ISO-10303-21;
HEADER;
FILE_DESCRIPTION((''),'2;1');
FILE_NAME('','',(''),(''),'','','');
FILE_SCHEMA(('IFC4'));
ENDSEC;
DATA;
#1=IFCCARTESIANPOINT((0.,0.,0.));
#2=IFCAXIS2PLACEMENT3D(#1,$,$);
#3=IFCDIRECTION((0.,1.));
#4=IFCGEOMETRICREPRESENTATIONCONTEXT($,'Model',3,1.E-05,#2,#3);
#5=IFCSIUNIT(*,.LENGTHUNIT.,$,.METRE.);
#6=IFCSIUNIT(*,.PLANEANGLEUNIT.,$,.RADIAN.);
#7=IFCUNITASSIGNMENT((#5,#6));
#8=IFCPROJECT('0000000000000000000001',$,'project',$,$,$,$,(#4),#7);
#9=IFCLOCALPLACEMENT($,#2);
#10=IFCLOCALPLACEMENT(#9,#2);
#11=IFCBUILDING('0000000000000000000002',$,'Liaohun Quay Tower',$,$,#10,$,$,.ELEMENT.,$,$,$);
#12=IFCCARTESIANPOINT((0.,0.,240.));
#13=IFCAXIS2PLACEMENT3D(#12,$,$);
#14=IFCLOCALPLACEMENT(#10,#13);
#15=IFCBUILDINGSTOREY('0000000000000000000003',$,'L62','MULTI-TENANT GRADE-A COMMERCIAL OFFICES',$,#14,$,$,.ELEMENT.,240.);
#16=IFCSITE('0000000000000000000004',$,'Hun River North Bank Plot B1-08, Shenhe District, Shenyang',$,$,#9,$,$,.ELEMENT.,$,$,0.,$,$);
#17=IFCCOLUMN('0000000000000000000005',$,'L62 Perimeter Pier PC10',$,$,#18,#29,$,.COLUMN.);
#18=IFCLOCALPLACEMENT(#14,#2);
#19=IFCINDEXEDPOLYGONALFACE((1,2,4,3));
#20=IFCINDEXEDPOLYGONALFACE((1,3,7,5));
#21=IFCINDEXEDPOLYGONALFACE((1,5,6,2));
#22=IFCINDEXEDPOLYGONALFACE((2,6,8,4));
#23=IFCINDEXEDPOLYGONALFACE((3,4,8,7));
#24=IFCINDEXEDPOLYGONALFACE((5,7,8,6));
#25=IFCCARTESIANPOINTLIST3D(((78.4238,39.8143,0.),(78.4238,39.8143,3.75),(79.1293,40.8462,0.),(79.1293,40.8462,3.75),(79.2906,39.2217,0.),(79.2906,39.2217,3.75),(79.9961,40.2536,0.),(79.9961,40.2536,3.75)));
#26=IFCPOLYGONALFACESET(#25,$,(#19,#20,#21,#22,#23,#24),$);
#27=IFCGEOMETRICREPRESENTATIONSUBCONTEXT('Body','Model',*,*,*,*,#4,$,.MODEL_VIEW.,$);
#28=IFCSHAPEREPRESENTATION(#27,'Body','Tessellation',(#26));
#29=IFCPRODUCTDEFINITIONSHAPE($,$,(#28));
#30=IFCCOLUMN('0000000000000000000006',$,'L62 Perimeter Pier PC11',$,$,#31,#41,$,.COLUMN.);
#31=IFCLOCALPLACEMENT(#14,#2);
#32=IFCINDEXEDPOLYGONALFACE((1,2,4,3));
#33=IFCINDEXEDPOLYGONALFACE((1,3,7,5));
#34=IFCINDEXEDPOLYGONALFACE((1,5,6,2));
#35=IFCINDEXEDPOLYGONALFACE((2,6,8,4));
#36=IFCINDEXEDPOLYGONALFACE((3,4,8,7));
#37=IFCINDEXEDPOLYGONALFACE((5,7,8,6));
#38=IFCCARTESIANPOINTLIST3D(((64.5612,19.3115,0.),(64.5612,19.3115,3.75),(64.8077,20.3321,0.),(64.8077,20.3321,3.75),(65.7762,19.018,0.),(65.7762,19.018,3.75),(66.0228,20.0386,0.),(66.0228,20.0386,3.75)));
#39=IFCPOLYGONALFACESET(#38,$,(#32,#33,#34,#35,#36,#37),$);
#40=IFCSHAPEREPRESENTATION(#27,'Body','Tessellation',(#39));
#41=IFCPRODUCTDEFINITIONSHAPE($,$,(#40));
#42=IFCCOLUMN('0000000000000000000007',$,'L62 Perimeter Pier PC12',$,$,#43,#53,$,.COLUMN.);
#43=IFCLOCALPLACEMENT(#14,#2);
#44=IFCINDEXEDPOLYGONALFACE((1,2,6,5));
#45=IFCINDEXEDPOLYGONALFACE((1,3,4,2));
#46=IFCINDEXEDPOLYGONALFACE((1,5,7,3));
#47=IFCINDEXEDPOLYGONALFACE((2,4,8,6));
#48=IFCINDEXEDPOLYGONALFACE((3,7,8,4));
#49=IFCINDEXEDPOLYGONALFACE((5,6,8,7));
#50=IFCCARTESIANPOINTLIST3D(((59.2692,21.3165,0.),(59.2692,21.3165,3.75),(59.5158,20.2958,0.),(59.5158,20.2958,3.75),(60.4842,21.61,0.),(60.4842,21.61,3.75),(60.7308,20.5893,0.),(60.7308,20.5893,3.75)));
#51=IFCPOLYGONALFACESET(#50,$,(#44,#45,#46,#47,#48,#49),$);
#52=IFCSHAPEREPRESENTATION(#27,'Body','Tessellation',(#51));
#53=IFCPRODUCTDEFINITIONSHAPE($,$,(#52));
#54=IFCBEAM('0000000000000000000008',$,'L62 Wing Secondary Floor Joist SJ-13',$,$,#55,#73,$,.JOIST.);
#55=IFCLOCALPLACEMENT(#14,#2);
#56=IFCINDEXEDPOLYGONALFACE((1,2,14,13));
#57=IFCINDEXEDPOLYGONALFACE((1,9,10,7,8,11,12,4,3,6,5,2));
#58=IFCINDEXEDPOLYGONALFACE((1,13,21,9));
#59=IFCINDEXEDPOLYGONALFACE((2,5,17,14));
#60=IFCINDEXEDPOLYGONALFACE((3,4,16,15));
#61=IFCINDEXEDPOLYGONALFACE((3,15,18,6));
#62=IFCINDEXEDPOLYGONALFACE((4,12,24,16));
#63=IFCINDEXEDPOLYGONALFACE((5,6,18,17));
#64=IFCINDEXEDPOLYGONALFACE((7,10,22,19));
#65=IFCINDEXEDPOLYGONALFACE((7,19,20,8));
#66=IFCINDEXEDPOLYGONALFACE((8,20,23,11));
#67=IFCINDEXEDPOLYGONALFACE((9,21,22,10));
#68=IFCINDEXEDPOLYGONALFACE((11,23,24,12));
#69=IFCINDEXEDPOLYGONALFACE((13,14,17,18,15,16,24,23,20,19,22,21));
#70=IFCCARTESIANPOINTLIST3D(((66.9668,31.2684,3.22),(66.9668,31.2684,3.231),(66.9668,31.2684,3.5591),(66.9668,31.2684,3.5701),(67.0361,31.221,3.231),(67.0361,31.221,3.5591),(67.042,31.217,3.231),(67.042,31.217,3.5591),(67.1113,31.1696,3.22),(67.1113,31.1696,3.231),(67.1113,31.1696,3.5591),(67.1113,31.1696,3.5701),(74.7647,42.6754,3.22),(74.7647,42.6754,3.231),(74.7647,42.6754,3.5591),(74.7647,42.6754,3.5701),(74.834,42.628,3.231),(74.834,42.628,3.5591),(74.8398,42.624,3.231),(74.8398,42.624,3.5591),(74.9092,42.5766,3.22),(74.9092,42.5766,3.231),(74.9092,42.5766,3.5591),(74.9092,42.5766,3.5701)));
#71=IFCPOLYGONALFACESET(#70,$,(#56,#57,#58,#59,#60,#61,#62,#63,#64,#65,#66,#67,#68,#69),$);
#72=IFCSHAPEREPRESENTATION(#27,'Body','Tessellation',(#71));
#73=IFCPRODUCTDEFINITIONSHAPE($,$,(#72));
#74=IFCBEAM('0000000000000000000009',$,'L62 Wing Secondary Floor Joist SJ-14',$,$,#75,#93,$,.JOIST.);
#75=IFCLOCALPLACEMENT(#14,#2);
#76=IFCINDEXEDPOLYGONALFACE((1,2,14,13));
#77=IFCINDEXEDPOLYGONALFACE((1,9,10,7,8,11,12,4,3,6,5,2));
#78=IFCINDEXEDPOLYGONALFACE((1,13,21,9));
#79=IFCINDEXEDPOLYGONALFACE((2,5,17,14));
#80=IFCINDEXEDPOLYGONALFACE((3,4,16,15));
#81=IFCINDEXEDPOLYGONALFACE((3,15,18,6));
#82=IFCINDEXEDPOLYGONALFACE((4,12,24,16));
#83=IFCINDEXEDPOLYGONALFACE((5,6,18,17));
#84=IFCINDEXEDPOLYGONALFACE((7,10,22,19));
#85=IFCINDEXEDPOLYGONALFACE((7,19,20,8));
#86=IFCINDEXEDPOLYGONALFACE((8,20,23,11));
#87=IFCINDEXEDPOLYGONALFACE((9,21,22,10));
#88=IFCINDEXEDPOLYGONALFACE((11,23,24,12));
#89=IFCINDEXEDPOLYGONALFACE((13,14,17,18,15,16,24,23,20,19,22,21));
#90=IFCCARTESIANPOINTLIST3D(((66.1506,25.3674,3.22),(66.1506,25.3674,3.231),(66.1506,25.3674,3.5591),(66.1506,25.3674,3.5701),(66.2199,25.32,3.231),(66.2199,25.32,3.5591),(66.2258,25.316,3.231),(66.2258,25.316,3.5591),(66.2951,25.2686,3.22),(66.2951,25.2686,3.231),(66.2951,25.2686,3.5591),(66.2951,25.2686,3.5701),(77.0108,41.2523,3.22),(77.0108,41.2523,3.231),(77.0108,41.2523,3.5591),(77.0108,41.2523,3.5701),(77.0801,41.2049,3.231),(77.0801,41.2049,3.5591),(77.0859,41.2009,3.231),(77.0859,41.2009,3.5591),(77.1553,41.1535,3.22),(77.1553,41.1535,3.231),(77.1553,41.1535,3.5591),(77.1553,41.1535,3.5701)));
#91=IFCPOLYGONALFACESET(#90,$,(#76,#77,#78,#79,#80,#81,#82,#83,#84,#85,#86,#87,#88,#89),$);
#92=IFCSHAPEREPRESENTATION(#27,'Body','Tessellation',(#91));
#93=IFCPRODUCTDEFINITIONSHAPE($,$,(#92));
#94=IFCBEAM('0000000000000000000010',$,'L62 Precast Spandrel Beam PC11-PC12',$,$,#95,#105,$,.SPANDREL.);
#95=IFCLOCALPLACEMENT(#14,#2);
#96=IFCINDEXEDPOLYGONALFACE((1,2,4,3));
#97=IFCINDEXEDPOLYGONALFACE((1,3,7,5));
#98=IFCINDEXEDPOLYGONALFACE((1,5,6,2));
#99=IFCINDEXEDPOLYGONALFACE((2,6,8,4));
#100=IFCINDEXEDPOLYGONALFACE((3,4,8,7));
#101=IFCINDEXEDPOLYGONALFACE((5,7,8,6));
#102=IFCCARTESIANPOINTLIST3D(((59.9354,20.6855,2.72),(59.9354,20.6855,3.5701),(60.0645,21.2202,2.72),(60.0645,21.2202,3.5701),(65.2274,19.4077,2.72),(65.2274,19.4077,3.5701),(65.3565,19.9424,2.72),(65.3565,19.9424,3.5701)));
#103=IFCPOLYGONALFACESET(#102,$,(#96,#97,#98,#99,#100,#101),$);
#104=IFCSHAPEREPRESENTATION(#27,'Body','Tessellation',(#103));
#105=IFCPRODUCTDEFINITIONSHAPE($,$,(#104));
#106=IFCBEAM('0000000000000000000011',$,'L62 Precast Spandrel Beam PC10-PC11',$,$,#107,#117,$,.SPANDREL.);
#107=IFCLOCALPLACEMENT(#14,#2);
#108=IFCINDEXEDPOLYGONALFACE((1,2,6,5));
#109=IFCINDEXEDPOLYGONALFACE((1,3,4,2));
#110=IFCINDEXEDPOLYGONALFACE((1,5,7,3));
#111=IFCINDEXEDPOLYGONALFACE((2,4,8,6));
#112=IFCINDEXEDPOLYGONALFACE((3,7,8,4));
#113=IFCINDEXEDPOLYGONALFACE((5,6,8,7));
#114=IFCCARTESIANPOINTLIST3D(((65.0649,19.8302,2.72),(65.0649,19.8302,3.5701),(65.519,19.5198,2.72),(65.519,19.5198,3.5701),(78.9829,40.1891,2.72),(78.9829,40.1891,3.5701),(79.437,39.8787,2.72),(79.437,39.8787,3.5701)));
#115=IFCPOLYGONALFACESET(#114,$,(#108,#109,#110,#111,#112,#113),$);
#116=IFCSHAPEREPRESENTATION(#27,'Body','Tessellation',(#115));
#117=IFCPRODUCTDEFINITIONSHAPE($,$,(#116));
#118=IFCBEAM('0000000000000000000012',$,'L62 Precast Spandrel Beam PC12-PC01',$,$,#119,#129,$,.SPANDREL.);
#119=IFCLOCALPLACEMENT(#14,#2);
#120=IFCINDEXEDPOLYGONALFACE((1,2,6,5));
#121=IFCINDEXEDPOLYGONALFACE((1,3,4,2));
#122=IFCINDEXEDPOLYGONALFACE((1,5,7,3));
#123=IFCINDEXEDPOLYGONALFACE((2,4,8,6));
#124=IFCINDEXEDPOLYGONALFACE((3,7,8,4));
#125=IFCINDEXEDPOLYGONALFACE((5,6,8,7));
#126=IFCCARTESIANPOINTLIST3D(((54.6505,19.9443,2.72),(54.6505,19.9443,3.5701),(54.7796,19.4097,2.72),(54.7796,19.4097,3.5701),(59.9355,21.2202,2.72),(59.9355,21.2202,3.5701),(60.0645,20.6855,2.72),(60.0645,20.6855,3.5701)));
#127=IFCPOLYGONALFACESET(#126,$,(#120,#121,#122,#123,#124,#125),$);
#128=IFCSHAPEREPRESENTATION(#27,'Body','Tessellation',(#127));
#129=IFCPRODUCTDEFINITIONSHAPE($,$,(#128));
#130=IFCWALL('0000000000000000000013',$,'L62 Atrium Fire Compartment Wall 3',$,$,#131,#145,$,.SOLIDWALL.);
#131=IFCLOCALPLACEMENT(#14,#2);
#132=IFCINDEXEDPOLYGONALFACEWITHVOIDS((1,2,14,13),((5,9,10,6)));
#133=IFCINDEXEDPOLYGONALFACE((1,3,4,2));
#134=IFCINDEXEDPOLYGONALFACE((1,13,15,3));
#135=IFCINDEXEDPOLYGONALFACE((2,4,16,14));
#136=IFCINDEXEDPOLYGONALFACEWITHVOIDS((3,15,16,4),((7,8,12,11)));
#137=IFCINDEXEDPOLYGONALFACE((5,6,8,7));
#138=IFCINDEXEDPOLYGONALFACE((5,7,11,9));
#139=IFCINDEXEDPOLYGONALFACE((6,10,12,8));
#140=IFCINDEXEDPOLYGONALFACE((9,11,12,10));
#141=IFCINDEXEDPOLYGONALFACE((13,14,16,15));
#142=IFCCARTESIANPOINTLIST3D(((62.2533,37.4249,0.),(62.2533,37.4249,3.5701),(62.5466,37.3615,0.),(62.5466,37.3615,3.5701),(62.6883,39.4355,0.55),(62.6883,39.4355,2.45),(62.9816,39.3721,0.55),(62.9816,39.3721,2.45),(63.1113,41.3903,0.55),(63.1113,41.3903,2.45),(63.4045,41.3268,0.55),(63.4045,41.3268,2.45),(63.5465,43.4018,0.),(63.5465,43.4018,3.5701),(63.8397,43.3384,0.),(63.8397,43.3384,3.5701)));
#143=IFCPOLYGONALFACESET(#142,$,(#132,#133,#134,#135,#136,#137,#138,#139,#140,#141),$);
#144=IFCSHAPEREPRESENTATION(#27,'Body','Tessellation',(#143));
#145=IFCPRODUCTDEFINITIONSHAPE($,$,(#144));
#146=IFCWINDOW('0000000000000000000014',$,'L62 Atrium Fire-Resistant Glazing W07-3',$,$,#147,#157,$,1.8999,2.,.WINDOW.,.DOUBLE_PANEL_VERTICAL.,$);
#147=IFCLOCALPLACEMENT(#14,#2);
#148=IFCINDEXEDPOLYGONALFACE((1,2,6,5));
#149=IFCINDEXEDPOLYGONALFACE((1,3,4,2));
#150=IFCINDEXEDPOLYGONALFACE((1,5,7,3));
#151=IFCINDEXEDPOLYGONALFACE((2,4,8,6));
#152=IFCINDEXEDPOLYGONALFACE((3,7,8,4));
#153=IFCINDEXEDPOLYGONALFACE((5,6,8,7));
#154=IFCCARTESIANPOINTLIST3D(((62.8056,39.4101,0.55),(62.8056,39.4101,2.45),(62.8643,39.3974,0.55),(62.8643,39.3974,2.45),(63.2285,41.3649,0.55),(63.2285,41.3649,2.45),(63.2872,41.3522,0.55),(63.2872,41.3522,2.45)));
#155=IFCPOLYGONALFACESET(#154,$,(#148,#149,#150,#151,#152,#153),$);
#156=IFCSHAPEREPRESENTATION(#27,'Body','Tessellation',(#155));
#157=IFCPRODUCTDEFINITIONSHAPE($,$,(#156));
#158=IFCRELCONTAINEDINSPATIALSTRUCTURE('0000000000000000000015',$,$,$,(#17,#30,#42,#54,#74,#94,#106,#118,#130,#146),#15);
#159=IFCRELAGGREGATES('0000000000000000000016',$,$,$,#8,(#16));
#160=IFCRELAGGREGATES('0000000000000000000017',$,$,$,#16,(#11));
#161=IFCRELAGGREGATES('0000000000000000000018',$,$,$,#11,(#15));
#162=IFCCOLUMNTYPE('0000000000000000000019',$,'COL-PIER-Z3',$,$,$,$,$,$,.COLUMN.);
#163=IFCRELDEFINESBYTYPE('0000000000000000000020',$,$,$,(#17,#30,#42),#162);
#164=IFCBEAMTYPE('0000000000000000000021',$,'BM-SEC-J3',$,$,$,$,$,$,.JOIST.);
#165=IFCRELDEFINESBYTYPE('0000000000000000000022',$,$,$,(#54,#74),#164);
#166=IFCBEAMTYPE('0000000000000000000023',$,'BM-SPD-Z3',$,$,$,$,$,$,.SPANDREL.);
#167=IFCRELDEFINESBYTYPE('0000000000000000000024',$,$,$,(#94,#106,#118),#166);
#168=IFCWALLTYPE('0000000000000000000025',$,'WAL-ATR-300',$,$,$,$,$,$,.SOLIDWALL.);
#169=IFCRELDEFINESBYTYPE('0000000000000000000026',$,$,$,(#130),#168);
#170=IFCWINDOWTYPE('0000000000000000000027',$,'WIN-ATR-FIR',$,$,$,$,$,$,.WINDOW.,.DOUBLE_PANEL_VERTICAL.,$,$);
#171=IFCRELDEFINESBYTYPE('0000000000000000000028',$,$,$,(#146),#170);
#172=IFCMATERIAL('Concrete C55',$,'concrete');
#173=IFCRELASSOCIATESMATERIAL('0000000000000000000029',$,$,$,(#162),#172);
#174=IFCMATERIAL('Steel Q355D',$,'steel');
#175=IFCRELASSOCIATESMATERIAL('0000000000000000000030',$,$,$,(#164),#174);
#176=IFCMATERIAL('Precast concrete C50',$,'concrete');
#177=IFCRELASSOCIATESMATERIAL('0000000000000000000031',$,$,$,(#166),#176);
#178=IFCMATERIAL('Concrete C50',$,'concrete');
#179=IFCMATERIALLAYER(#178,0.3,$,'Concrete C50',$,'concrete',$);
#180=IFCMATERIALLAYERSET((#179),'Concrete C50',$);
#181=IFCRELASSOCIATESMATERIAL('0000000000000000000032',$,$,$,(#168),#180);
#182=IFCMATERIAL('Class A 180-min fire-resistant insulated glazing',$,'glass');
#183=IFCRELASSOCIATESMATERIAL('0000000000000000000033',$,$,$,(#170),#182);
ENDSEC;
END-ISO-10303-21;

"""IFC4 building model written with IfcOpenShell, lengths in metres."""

from ifc_helpers import new_model, si_unit, direction, frame, frame_2d, origin, origin_2d, place, context, subcontext, project, spatial, rectangle, i_section, extrude, source, transform, mapped, material, layer, layer_set, material_profile, profile_set, type_object, element, fill, save


model = new_model("IFC4")

# Units and contexts
model_context = context("Model", 3, precision=1e-05, world=origin(), true_north=direction((0.0, 1.0)))
body_context = subcontext(model_context, "Body", "Model", "MODEL_VIEW")
ifc_project = project(units=[si_unit("LENGTHUNIT", "METRE"), si_unit("PLANEANGLEUNIT", "RADIAN")], contexts=[model_context])

# Site, building, storey
site_placement = place(None, origin())
site = spatial("IfcSite", under=ifc_project, at=site_placement, Name="Hun River North Bank Plot B1-08, Shenhe District, Shenyang", CompositionType="ELEMENT", RefElevation=0.0)
building_placement = place(site_placement, origin())
building = spatial("IfcBuilding", under=site, at=building_placement, Name="Liaohun Quay Tower", CompositionType="ELEMENT")
storey_placement = place(building_placement, frame((0.0, 0.0, 240.0)))
storey = spatial("IfcBuildingStorey", under=building, at=storey_placement, Name="L62", Description="MULTI-TENANT GRADE-A COMMERCIAL OFFICES", CompositionType="ELEMENT", Elevation=240.0)

# Columns
ifc_material_1 = material(Name="Concrete C55", Category="concrete")
ifc_material_profile_1 = material_profile(ifc_material_1, rectangle(XDim=1.25, YDim=1.05, at=origin_2d()), Name="RC1250x1050")
ifc_profile_set_1 = profile_set([ifc_material_profile_1], Name="Concrete C55")
column_type = type_object("IfcColumnType", Name="COL-PIER-Z3", PredefinedType="COLUMN", material=ifc_profile_set_1)
shared_shape_1 = source(origin(), body_context, "Body", "SweptSolid", [
    extrude(rectangle(XDim=1.25, YDim=1.05, at=origin_2d()), origin(), (0.0, 0.0, 1.0), 3.75),
])
for number, where, z_axis, x_axis, name in (
    (1, (79.21, 40.0339, 0.0), (0.0, 0.0, 1.0), (0.564391, 0.825508, 0.0), "L62 Perimeter Pier PC10"),
    (2, (65.292, 19.675, 0.0), (0.0, 0.0, 1.0), (-0.972043, 0.234803, 0.0), "L62 Perimeter Pier PC11"),
    (3, (60.0, 20.9529, 0.0), (0.0, 0.0, 1.0), (0.972043, 0.234803, 0.0), "L62 Perimeter Pier PC12"),
):
    element("IfcColumn", number, at=place(storey_placement, frame(where, z_axis=z_axis, x_axis=x_axis)), inside=storey, type_object=column_type, Name=name, PredefinedType="COLUMN", context=body_context, shape_type="MappedRepresentation", body=[
        mapped(shared_shape_1, transform((0.0, 0.0, 0.0), x_axis=(1.0, 0.0, 0.0), y_axis=(0.0, 1.0, 0.0), z_axis=(0.0, 0.0, 1.0), scale=1.0)),
    ])

# Beams
ifc_material_2 = material(Name="Steel Q355D", Category="steel")
ifc_material_profile_2 = material_profile(ifc_material_2, i_section(OverallWidth=0.175, OverallDepth=0.3501, WebThickness=0.0071, FlangeThickness=0.011, at=origin_2d()), Name="HN350x175x7x11")
ifc_profile_set_2 = profile_set([ifc_material_profile_2], Name="Steel Q355D")
beam_type_1 = type_object("IfcBeamType", Name="BM-SEC-J3", PredefinedType="JOIST", material=ifc_profile_set_2)
shared_shape_2 = source(origin(), body_context, "Body", "SweptSolid", [
    extrude(i_section(OverallWidth=0.175, OverallDepth=0.3501, WebThickness=0.0071, FlangeThickness=0.011, at=origin_2d()), origin(), (0.0, 0.0, 1.0), 13.8176),
])
beam_1_placement = place(storey_placement, frame((74.8369, 42.626, 3.395), z_axis=(-0.564342, -0.825541, 0.0), x_axis=(0.825541, -0.564342, 0.0)))
element("IfcBeam", 4, at=beam_1_placement, inside=storey, type_object=beam_type_1, Name="L62 Wing Secondary Floor Joist SJ-13", PredefinedType="JOIST", context=body_context, shape_type="MappedRepresentation", body=[
    mapped(shared_shape_2, transform((0.0, 0.0, 0.0), x_axis=(1.0, 0.0, 0.0), y_axis=(0.0, 1.0, 0.0), z_axis=(0.0, 0.0, 1.0), scale=1.0)),
])
shared_shape_3 = source(origin(), body_context, "Body", "SweptSolid", [
    extrude(i_section(OverallWidth=0.175, OverallDepth=0.3501, WebThickness=0.0071, FlangeThickness=0.011, at=origin_2d()), origin(), (0.0, 0.0, 1.0), 19.2424),
])
beam_2_placement = place(storey_placement, frame((77.083, 41.2029, 3.395), z_axis=(-0.564386, -0.825511, 0.0), x_axis=(0.825511, -0.564386, 0.0)))
element("IfcBeam", 5, at=beam_2_placement, inside=storey, type_object=beam_type_1, Name="L62 Wing Secondary Floor Joist SJ-14", PredefinedType="JOIST", context=body_context, shape_type="MappedRepresentation", body=[
    mapped(shared_shape_3, transform((0.0, 0.0, 0.0), x_axis=(1.0, 0.0, 0.0), y_axis=(0.0, 1.0, 0.0), z_axis=(0.0, 0.0, 1.0), scale=1.0)),
])
ifc_material_3 = material(Name="Precast concrete C50", Category="concrete")
ifc_material_profile_3 = material_profile(ifc_material_3, rectangle(XDim=0.55, YDim=0.8501, at=origin_2d()), Name="RC550x850")
ifc_profile_set_3 = profile_set([ifc_material_profile_3], Name="Precast concrete C50")
beam_type_2 = type_object("IfcBeamType", Name="BM-SPD-Z3", PredefinedType="SPANDREL", material=ifc_profile_set_3)
shared_shape_4 = source(origin(), body_context, "Body", "SweptSolid", [
    extrude(rectangle(XDim=0.55, YDim=0.8501, at=origin_2d()), origin(), (0.0, 0.0, 1.0), 5.4441),
])
beam_3_placement = place(storey_placement, frame((65.292, 19.675, 3.145), z_axis=(-0.972063, 0.234719, 0.0), x_axis=(-0.234719, -0.972063, 0.0)))
element("IfcBeam", 6, at=beam_3_placement, inside=storey, type_object=beam_type_2, Name="L62 Precast Spandrel Beam PC11-PC12", PredefinedType="SPANDREL", context=body_context, shape_type="MappedRepresentation", body=[
    mapped(shared_shape_4, transform((0.0, 0.0, 0.0), x_axis=(1.0, 0.0, 0.0), y_axis=(0.0, 1.0, 0.0), z_axis=(0.0, 0.0, 1.0), scale=1.0)),
])
shared_shape_5 = source(origin(), body_context, "Body", "SweptSolid", [
    extrude(rectangle(XDim=0.55, YDim=0.8501, at=origin_2d()), origin(), (0.0, 0.0, 1.0), 24.6616),
])
beam_4_placement = place(storey_placement, frame((79.21, 40.0339, 3.145), z_axis=(-0.564358, -0.82553, 0.0), x_axis=(0.82553, -0.564358, 0.0)))
element("IfcBeam", 7, at=beam_4_placement, inside=storey, type_object=beam_type_2, Name="L62 Precast Spandrel Beam PC10-PC11", PredefinedType="SPANDREL", context=body_context, shape_type="MappedRepresentation", body=[
    mapped(shared_shape_5, transform((0.0, 0.0, 0.0), x_axis=(1.0, 0.0, 0.0), y_axis=(0.0, 1.0, 0.0), z_axis=(0.0, 0.0, 1.0), scale=1.0)),
])
shared_shape_6 = source(origin(), body_context, "Body", "SweptSolid", [
    extrude(rectangle(XDim=0.55, YDim=0.8501, at=origin_2d()), origin(), (0.0, 0.0, 1.0), 5.4368),
])
beam_5_placement = place(storey_placement, frame((60.0, 20.9529, 3.145), z_axis=(-0.972073, -0.234677, 0.0), x_axis=(0.234677, -0.972073, 0.0)))
element("IfcBeam", 8, at=beam_5_placement, inside=storey, type_object=beam_type_2, Name="L62 Precast Spandrel Beam PC12-PC01", PredefinedType="SPANDREL", context=body_context, shape_type="MappedRepresentation", body=[
    mapped(shared_shape_6, transform((0.0, 0.0, 0.0), x_axis=(1.0, 0.0, 0.0), y_axis=(0.0, 1.0, 0.0), z_axis=(0.0, 0.0, 1.0), scale=1.0)),
])

# Wall, opening, window
ifc_material_4 = material(Name="Concrete C50", Category="concrete")
ifc_layer_1 = layer(ifc_material_4, 0.3, Name="Concrete C50", Category="concrete")
ifc_layer_set_1 = layer_set([ifc_layer_1], Name="Concrete C50")
wall_type_1 = type_object("IfcWallType", Name="WAL-ATR-300", PredefinedType="SOLIDWALL", material=ifc_layer_set_1)
wall_1_placement = place(storey_placement, frame((63.6931, 43.3701, 0.0), z_axis=(0.0, 0.0, 1.0), x_axis=(-0.21147, -0.977385, 0.0)))
wall_1 = element("IfcWall", 9, at=wall_1_placement, inside=storey, type_object=wall_type_1, Name="L62 Atrium Fire Compartment Wall 3", PredefinedType="SOLIDWALL", context=body_context, shape_type="SweptSolid", body=[
    extrude(rectangle(XDim=6.1152, YDim=0.3, at=frame_2d((3.0576, 0.0))), origin(), (0.0, 0.0, 1.0), 3.5701),
])
shared_shape_7 = source(origin(), body_context, "Body", "SweptSolid", [
    extrude(rectangle(XDim=2.0, YDim=1.8999, at=frame_2d((1.0, 0.95))), frame((0.0, 0.1599, 0.0), z_axis=(0.0, -1.0, 0.0), x_axis=(1.0, 0.0, 0.0)), (0.0, 0.0, 1.0), 0.3201),
])
opening_1_placement = place(wall_1_placement, frame((2.0581, 0.0, 0.55)))
opening_1 = element("IfcOpeningElement", 10, at=opening_1_placement, cuts=wall_1, PredefinedType="OPENING", context=body_context, shape_type="MappedRepresentation", body=[
    mapped(shared_shape_7, transform((0.0, 0.0, 0.0), x_axis=(1.0, 0.0, 0.0), y_axis=(0.0, 1.0, 0.0), z_axis=(0.0, 0.0, 1.0), scale=1.0)),
])
ifc_material_5 = material(Name="Class A 180-min fire-resistant insulated glazing", Category="glass")
window_type_1 = type_object("IfcWindowType", Name="WIN-ATR-FIR", PartitioningType="DOUBLE_PANEL_VERTICAL", PredefinedType="WINDOW", material=ifc_material_5)
shared_shape_8 = source(origin(), body_context, "Body", "SweptSolid", [
    extrude(rectangle(XDim=2.0, YDim=1.8999, at=frame_2d((1.0, 0.95))), frame((0.0, 0.03, 0.0), z_axis=(0.0, -1.0, 0.0), x_axis=(1.0, 0.0, 0.0)), (0.0, 0.0, 1.0), 0.0601),
])
window_1_placement = place(opening_1_placement, origin())
window_1 = element("IfcWindow", 11, at=window_1_placement, inside=storey, type_object=window_type_1, Name="L62 Atrium Fire-Resistant Glazing W07-3", OverallHeight=1.8999, OverallWidth=2.0, PartitioningType="DOUBLE_PANEL_VERTICAL", PredefinedType="WINDOW", context=body_context, shape_type="MappedRepresentation", body=[
    mapped(shared_shape_8, transform((0.0, 0.0, 0.0), x_axis=(1.0, 0.0, 0.0), y_axis=(0.0, 1.0, 0.0), z_axis=(0.0, 0.0, 1.0), scale=1.0)),
])
fill(opening_1, window_1)

save(model, "model.ifc")
